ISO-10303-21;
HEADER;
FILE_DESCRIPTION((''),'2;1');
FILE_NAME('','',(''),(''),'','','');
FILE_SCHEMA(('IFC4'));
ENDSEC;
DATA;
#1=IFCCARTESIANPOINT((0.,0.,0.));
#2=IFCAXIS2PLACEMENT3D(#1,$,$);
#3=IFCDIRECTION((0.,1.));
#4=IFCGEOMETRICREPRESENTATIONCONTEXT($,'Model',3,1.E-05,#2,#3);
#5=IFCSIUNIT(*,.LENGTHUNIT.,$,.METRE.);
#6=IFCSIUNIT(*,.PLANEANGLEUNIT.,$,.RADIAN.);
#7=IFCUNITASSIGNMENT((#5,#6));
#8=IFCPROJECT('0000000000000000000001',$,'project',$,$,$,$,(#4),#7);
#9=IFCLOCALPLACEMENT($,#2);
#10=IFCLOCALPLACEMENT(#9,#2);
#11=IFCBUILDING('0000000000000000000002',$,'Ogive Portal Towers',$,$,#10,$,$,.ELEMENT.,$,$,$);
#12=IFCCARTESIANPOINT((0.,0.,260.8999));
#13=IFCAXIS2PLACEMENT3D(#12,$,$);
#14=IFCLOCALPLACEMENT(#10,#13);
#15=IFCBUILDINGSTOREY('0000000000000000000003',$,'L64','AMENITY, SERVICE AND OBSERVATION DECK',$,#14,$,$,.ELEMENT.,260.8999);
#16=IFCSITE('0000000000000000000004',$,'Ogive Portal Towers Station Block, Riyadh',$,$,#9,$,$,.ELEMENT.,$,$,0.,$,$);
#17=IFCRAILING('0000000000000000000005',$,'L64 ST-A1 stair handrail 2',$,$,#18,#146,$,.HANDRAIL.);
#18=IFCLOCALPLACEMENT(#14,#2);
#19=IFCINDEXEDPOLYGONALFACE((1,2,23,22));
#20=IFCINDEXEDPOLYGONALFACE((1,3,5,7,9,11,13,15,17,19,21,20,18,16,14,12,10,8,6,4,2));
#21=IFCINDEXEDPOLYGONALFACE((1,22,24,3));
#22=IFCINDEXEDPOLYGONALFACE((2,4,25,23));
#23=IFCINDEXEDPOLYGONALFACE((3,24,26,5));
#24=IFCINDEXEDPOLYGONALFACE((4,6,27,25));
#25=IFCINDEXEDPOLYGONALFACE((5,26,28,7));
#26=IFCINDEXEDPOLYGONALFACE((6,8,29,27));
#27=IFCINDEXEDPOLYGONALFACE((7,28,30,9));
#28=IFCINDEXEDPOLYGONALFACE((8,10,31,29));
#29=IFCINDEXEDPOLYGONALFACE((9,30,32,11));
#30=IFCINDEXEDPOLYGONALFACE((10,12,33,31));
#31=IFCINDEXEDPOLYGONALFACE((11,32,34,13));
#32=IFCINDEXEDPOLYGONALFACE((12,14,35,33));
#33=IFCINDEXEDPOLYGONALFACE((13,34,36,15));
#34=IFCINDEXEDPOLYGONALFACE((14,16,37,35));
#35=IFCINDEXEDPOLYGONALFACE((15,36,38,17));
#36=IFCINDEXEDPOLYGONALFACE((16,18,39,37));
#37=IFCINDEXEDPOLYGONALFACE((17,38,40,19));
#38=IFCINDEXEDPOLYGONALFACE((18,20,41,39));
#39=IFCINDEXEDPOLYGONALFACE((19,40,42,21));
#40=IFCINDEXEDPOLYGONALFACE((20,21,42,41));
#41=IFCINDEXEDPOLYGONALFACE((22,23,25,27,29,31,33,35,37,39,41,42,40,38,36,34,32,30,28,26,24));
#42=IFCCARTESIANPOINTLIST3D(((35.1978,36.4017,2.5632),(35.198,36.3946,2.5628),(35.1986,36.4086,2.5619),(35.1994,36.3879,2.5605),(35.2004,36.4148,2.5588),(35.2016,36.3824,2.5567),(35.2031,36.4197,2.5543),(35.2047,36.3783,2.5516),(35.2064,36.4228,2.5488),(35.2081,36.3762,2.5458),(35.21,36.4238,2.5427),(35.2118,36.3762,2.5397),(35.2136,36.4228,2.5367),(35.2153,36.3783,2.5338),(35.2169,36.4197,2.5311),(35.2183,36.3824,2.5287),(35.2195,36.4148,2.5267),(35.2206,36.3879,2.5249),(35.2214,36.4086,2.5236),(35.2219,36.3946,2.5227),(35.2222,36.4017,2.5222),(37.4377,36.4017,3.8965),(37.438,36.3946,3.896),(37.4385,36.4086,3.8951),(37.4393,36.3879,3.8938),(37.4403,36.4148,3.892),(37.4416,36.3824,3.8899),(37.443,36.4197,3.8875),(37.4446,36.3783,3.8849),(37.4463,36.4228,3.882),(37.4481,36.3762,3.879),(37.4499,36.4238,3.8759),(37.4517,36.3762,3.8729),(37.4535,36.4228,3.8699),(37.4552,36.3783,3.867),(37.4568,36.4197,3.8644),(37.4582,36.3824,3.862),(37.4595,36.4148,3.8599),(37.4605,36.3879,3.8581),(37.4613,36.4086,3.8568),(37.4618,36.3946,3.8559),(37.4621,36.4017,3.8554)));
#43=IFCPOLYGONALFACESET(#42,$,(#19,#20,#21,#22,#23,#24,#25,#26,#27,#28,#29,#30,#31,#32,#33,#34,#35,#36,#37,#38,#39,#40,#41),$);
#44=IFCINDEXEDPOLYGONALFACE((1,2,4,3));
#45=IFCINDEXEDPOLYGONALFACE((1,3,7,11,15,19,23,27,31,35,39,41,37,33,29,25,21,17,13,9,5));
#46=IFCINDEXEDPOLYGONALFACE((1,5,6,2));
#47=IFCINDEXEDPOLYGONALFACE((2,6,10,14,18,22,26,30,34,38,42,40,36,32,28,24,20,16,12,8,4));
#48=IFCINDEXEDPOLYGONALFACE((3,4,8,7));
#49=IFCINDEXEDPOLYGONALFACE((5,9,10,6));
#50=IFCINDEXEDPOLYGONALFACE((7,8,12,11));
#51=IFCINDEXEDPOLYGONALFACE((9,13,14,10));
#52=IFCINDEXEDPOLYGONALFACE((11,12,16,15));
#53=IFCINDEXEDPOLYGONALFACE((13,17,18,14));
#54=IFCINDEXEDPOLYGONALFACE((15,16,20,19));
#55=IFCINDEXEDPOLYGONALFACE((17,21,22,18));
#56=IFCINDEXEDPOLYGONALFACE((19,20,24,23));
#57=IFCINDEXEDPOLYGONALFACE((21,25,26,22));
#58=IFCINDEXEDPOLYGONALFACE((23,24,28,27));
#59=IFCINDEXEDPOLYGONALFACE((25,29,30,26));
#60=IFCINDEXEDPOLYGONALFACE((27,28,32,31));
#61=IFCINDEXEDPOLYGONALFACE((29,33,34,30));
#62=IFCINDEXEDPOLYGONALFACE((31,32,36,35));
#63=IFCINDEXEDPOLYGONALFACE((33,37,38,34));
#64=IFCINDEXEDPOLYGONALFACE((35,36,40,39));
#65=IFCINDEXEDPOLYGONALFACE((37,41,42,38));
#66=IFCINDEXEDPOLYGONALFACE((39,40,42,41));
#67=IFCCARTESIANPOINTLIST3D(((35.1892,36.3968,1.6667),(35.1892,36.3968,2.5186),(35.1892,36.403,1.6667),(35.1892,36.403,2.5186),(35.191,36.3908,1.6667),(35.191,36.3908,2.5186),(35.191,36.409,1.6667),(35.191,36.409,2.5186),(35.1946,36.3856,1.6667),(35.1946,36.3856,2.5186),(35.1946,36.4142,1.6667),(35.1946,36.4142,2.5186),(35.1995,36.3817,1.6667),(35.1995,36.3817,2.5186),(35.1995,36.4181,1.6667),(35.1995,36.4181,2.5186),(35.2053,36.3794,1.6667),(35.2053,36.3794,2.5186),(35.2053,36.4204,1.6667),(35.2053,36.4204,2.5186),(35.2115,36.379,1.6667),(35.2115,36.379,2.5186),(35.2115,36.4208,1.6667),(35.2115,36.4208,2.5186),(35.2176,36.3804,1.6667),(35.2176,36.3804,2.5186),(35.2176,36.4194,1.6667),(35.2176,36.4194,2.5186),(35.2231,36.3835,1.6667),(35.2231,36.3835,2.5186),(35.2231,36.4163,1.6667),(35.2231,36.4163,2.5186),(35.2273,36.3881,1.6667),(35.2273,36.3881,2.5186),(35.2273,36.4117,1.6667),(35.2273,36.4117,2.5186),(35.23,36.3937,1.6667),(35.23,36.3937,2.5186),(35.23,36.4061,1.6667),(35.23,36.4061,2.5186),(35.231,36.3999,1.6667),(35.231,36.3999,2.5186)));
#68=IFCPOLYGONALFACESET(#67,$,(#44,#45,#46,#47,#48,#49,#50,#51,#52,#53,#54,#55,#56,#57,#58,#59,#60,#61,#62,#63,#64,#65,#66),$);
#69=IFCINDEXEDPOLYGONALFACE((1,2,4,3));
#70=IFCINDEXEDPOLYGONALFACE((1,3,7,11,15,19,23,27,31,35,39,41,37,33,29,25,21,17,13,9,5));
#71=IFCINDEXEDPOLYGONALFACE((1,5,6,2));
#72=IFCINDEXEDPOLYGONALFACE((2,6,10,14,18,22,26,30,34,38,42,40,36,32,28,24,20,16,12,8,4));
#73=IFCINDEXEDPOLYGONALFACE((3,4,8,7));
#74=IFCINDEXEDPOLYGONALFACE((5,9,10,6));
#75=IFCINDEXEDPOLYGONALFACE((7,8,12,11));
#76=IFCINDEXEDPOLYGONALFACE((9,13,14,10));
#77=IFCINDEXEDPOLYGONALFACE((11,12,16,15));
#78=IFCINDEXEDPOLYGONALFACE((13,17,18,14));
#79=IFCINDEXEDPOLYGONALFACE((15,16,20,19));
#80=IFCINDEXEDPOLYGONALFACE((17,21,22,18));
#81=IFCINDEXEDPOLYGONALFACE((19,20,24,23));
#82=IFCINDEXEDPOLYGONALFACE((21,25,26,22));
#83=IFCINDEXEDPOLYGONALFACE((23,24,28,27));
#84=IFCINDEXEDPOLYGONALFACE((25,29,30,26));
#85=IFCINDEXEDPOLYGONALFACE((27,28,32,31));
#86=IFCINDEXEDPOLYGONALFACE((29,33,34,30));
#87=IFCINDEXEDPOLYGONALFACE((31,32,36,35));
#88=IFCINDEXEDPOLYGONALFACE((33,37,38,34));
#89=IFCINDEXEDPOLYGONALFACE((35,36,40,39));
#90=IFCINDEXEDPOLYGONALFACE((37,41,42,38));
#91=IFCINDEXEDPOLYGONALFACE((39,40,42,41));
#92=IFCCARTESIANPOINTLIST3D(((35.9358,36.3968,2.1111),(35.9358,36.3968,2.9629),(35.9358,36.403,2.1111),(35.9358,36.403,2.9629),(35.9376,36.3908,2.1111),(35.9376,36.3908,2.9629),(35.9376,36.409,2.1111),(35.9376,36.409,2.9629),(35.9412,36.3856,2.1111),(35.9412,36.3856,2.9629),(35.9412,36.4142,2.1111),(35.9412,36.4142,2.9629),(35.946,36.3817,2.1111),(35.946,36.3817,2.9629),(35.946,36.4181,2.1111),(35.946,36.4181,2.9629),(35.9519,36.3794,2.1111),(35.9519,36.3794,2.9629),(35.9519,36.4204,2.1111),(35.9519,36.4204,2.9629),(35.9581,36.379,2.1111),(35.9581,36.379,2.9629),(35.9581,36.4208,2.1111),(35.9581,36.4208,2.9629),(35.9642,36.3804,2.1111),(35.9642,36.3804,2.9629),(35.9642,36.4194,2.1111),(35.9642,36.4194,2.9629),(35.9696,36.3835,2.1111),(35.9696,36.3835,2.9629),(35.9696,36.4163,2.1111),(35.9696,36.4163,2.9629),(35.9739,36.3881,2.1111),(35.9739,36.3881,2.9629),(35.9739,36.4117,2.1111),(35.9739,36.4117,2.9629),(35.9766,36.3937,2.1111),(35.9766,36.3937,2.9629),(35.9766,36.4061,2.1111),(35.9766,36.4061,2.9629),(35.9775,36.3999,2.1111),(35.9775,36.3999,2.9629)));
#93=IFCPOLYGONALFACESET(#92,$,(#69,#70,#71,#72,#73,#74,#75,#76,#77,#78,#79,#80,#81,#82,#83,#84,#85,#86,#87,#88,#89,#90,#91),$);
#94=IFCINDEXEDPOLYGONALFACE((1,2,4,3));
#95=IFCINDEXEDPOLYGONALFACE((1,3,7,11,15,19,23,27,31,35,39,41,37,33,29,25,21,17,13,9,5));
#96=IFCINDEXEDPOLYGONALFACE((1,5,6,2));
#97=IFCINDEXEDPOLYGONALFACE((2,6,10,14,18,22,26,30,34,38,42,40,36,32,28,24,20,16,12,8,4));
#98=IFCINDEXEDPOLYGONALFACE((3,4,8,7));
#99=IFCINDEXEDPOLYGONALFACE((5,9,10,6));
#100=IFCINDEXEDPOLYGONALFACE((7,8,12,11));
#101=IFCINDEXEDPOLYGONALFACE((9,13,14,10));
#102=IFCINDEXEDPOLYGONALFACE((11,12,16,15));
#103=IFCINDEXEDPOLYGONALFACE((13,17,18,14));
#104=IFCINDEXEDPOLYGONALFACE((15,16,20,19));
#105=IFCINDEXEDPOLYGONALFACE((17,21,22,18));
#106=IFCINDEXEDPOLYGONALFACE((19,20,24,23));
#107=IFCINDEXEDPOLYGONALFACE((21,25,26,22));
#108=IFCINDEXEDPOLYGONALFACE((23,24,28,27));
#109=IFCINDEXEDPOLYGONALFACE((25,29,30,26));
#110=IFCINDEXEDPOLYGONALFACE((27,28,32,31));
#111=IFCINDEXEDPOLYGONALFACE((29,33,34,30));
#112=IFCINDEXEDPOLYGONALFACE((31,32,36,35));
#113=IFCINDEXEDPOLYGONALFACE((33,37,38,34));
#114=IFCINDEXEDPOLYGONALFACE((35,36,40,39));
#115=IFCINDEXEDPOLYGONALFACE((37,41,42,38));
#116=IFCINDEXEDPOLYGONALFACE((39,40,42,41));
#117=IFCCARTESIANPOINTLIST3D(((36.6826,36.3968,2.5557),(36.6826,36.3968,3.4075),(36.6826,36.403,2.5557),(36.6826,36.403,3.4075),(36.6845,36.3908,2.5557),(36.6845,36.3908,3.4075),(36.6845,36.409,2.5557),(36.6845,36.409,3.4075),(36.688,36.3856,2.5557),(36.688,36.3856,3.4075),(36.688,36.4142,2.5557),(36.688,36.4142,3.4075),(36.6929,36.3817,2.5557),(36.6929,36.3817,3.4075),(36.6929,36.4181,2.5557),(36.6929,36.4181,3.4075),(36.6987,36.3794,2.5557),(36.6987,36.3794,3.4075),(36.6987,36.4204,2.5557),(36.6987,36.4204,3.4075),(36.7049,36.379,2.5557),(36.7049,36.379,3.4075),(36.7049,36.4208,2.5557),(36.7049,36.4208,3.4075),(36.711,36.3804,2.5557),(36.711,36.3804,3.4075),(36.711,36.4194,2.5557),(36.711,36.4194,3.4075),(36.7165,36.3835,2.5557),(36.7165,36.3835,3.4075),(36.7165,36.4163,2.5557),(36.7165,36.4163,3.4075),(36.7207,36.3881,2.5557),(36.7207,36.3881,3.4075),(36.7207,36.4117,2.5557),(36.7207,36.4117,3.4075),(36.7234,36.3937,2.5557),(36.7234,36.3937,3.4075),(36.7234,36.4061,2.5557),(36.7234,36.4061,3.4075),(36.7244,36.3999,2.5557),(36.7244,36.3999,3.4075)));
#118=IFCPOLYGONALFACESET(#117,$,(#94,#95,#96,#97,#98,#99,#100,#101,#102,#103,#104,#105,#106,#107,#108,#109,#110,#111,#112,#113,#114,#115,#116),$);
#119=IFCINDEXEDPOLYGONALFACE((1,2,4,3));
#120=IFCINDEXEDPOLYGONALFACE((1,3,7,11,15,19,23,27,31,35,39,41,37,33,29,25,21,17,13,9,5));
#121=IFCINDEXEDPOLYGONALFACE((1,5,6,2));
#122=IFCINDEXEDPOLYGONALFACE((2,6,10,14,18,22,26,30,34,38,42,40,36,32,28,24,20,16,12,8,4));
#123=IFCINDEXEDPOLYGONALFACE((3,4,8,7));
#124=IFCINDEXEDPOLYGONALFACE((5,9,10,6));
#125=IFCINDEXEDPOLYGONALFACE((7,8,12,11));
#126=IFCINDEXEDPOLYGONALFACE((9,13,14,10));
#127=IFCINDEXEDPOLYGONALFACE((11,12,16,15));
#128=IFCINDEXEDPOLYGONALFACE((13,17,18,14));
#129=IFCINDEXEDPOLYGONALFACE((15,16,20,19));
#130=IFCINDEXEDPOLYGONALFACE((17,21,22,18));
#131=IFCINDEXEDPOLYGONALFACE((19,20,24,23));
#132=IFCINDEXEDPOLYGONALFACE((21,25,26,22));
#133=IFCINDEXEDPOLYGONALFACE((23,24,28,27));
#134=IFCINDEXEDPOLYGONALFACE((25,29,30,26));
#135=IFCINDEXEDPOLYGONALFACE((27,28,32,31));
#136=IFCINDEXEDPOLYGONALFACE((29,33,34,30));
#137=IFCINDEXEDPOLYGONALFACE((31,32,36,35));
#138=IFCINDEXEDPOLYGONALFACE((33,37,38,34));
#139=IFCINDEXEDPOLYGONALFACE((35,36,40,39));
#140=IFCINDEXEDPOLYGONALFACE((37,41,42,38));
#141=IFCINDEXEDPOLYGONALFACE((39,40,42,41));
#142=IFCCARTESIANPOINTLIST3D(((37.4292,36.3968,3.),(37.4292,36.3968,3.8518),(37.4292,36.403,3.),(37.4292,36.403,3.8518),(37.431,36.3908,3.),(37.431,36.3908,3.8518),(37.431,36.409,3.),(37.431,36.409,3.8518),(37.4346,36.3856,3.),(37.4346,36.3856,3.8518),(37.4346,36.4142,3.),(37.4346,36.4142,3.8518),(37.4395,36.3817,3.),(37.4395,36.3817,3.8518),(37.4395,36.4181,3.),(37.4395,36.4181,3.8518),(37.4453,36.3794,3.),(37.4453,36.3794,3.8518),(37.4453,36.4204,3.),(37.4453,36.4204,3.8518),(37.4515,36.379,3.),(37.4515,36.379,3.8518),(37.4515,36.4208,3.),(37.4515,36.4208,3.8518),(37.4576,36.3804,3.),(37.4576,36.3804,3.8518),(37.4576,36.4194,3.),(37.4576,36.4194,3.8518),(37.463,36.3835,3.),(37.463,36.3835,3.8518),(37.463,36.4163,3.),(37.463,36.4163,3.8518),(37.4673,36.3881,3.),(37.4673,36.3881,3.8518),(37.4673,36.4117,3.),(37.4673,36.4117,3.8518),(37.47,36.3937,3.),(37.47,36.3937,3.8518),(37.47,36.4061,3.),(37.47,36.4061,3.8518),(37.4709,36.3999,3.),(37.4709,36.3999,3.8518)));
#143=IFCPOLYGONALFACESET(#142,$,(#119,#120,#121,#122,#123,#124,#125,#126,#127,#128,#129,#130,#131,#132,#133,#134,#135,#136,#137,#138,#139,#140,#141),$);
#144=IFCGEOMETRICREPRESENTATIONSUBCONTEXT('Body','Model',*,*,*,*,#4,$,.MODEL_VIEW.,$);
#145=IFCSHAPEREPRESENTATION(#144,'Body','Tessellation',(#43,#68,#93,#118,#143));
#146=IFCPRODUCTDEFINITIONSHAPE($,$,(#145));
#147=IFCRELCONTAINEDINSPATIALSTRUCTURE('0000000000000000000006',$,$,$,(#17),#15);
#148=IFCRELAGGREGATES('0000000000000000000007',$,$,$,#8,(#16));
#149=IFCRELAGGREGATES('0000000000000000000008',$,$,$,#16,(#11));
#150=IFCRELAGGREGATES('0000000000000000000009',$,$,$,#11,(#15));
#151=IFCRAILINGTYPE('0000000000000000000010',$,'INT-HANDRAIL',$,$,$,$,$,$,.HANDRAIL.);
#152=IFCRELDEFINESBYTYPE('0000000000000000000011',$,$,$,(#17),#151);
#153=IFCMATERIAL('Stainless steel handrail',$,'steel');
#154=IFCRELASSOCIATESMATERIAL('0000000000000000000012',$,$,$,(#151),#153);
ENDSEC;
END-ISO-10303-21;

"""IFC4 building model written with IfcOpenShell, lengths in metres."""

from ifc_helpers import new_model, si_unit, direction, frame, origin, origin_2d, place, context, subcontext, project, spatial, circle, extrude, material, type_object, element, save


model = new_model("IFC4")

# Units and contexts
model_context = context("Model", 3, precision=1e-05, world=origin(), true_north=direction((0.0, 1.0)))
body_context = subcontext(model_context, "Body", "Model", "MODEL_VIEW")
ifc_project = project(units=[si_unit("LENGTHUNIT", "METRE"), si_unit("PLANEANGLEUNIT", "RADIAN")], contexts=[model_context])

# Site, building, storey
site_placement = place(None, origin())
site = spatial("IfcSite", under=ifc_project, at=site_placement, Name="Ogive Portal Towers Station Block, Riyadh", CompositionType="ELEMENT", RefElevation=0.0)
building_placement = place(site_placement, origin())
building = spatial("IfcBuilding", under=site, at=building_placement, Name="Ogive Portal Towers", CompositionType="ELEMENT")
storey_placement = place(building_placement, frame((0.0, 0.0, 260.8999)))
storey = spatial("IfcBuildingStorey", under=building, at=storey_placement, Name="L64", Description="AMENITY, SERVICE AND OBSERVATION DECK", CompositionType="ELEMENT", Elevation=260.8999)

# Railing
ifc_material_1 = material(Name="Stainless steel handrail", Category="steel")
railing_type_1 = type_object("IfcRailingType", Name="INT-HANDRAIL", PredefinedType="HANDRAIL", material=ifc_material_1)
for number, where, name in (
    (1, (35.21, 36.3999, 1.6667), "L64 ST-A1 stair handrail 2"),
):
    element("IfcRailing", number, at=place(storey_placement, frame(where)), inside=storey, type_object=railing_type_1, Name=name, PredefinedType="HANDRAIL", context=body_context, shape_type="SweptSolid", body=[
        extrude(circle(Radius=0.0239, at=origin_2d()), frame((0.0, 0.0, 0.876), z_axis=(0.859306, 0.0, 0.511462), x_axis=(0.0, 1.0, 0.0)), (0.0, 0.0, 1.0), 2.6067),
        extrude(circle(Radius=0.021, at=origin_2d()), origin(), (0.0, 0.0, 1.0), 0.8518),
        extrude(circle(Radius=0.021, at=origin_2d()), frame((0.7466, 0.0, 0.4443)), (0.0, 0.0, 1.0), 0.8518),
        extrude(circle(Radius=0.021, at=origin_2d()), frame((1.4934, 0.0, 0.8889)), (0.0, 0.0, 1.0), 0.8518),
        extrude(circle(Radius=0.021, at=origin_2d()), frame((2.24, 0.0, 1.3333)), (0.0, 0.0, 1.0), 0.8518),
    ])

save(model, "model.ifc")
